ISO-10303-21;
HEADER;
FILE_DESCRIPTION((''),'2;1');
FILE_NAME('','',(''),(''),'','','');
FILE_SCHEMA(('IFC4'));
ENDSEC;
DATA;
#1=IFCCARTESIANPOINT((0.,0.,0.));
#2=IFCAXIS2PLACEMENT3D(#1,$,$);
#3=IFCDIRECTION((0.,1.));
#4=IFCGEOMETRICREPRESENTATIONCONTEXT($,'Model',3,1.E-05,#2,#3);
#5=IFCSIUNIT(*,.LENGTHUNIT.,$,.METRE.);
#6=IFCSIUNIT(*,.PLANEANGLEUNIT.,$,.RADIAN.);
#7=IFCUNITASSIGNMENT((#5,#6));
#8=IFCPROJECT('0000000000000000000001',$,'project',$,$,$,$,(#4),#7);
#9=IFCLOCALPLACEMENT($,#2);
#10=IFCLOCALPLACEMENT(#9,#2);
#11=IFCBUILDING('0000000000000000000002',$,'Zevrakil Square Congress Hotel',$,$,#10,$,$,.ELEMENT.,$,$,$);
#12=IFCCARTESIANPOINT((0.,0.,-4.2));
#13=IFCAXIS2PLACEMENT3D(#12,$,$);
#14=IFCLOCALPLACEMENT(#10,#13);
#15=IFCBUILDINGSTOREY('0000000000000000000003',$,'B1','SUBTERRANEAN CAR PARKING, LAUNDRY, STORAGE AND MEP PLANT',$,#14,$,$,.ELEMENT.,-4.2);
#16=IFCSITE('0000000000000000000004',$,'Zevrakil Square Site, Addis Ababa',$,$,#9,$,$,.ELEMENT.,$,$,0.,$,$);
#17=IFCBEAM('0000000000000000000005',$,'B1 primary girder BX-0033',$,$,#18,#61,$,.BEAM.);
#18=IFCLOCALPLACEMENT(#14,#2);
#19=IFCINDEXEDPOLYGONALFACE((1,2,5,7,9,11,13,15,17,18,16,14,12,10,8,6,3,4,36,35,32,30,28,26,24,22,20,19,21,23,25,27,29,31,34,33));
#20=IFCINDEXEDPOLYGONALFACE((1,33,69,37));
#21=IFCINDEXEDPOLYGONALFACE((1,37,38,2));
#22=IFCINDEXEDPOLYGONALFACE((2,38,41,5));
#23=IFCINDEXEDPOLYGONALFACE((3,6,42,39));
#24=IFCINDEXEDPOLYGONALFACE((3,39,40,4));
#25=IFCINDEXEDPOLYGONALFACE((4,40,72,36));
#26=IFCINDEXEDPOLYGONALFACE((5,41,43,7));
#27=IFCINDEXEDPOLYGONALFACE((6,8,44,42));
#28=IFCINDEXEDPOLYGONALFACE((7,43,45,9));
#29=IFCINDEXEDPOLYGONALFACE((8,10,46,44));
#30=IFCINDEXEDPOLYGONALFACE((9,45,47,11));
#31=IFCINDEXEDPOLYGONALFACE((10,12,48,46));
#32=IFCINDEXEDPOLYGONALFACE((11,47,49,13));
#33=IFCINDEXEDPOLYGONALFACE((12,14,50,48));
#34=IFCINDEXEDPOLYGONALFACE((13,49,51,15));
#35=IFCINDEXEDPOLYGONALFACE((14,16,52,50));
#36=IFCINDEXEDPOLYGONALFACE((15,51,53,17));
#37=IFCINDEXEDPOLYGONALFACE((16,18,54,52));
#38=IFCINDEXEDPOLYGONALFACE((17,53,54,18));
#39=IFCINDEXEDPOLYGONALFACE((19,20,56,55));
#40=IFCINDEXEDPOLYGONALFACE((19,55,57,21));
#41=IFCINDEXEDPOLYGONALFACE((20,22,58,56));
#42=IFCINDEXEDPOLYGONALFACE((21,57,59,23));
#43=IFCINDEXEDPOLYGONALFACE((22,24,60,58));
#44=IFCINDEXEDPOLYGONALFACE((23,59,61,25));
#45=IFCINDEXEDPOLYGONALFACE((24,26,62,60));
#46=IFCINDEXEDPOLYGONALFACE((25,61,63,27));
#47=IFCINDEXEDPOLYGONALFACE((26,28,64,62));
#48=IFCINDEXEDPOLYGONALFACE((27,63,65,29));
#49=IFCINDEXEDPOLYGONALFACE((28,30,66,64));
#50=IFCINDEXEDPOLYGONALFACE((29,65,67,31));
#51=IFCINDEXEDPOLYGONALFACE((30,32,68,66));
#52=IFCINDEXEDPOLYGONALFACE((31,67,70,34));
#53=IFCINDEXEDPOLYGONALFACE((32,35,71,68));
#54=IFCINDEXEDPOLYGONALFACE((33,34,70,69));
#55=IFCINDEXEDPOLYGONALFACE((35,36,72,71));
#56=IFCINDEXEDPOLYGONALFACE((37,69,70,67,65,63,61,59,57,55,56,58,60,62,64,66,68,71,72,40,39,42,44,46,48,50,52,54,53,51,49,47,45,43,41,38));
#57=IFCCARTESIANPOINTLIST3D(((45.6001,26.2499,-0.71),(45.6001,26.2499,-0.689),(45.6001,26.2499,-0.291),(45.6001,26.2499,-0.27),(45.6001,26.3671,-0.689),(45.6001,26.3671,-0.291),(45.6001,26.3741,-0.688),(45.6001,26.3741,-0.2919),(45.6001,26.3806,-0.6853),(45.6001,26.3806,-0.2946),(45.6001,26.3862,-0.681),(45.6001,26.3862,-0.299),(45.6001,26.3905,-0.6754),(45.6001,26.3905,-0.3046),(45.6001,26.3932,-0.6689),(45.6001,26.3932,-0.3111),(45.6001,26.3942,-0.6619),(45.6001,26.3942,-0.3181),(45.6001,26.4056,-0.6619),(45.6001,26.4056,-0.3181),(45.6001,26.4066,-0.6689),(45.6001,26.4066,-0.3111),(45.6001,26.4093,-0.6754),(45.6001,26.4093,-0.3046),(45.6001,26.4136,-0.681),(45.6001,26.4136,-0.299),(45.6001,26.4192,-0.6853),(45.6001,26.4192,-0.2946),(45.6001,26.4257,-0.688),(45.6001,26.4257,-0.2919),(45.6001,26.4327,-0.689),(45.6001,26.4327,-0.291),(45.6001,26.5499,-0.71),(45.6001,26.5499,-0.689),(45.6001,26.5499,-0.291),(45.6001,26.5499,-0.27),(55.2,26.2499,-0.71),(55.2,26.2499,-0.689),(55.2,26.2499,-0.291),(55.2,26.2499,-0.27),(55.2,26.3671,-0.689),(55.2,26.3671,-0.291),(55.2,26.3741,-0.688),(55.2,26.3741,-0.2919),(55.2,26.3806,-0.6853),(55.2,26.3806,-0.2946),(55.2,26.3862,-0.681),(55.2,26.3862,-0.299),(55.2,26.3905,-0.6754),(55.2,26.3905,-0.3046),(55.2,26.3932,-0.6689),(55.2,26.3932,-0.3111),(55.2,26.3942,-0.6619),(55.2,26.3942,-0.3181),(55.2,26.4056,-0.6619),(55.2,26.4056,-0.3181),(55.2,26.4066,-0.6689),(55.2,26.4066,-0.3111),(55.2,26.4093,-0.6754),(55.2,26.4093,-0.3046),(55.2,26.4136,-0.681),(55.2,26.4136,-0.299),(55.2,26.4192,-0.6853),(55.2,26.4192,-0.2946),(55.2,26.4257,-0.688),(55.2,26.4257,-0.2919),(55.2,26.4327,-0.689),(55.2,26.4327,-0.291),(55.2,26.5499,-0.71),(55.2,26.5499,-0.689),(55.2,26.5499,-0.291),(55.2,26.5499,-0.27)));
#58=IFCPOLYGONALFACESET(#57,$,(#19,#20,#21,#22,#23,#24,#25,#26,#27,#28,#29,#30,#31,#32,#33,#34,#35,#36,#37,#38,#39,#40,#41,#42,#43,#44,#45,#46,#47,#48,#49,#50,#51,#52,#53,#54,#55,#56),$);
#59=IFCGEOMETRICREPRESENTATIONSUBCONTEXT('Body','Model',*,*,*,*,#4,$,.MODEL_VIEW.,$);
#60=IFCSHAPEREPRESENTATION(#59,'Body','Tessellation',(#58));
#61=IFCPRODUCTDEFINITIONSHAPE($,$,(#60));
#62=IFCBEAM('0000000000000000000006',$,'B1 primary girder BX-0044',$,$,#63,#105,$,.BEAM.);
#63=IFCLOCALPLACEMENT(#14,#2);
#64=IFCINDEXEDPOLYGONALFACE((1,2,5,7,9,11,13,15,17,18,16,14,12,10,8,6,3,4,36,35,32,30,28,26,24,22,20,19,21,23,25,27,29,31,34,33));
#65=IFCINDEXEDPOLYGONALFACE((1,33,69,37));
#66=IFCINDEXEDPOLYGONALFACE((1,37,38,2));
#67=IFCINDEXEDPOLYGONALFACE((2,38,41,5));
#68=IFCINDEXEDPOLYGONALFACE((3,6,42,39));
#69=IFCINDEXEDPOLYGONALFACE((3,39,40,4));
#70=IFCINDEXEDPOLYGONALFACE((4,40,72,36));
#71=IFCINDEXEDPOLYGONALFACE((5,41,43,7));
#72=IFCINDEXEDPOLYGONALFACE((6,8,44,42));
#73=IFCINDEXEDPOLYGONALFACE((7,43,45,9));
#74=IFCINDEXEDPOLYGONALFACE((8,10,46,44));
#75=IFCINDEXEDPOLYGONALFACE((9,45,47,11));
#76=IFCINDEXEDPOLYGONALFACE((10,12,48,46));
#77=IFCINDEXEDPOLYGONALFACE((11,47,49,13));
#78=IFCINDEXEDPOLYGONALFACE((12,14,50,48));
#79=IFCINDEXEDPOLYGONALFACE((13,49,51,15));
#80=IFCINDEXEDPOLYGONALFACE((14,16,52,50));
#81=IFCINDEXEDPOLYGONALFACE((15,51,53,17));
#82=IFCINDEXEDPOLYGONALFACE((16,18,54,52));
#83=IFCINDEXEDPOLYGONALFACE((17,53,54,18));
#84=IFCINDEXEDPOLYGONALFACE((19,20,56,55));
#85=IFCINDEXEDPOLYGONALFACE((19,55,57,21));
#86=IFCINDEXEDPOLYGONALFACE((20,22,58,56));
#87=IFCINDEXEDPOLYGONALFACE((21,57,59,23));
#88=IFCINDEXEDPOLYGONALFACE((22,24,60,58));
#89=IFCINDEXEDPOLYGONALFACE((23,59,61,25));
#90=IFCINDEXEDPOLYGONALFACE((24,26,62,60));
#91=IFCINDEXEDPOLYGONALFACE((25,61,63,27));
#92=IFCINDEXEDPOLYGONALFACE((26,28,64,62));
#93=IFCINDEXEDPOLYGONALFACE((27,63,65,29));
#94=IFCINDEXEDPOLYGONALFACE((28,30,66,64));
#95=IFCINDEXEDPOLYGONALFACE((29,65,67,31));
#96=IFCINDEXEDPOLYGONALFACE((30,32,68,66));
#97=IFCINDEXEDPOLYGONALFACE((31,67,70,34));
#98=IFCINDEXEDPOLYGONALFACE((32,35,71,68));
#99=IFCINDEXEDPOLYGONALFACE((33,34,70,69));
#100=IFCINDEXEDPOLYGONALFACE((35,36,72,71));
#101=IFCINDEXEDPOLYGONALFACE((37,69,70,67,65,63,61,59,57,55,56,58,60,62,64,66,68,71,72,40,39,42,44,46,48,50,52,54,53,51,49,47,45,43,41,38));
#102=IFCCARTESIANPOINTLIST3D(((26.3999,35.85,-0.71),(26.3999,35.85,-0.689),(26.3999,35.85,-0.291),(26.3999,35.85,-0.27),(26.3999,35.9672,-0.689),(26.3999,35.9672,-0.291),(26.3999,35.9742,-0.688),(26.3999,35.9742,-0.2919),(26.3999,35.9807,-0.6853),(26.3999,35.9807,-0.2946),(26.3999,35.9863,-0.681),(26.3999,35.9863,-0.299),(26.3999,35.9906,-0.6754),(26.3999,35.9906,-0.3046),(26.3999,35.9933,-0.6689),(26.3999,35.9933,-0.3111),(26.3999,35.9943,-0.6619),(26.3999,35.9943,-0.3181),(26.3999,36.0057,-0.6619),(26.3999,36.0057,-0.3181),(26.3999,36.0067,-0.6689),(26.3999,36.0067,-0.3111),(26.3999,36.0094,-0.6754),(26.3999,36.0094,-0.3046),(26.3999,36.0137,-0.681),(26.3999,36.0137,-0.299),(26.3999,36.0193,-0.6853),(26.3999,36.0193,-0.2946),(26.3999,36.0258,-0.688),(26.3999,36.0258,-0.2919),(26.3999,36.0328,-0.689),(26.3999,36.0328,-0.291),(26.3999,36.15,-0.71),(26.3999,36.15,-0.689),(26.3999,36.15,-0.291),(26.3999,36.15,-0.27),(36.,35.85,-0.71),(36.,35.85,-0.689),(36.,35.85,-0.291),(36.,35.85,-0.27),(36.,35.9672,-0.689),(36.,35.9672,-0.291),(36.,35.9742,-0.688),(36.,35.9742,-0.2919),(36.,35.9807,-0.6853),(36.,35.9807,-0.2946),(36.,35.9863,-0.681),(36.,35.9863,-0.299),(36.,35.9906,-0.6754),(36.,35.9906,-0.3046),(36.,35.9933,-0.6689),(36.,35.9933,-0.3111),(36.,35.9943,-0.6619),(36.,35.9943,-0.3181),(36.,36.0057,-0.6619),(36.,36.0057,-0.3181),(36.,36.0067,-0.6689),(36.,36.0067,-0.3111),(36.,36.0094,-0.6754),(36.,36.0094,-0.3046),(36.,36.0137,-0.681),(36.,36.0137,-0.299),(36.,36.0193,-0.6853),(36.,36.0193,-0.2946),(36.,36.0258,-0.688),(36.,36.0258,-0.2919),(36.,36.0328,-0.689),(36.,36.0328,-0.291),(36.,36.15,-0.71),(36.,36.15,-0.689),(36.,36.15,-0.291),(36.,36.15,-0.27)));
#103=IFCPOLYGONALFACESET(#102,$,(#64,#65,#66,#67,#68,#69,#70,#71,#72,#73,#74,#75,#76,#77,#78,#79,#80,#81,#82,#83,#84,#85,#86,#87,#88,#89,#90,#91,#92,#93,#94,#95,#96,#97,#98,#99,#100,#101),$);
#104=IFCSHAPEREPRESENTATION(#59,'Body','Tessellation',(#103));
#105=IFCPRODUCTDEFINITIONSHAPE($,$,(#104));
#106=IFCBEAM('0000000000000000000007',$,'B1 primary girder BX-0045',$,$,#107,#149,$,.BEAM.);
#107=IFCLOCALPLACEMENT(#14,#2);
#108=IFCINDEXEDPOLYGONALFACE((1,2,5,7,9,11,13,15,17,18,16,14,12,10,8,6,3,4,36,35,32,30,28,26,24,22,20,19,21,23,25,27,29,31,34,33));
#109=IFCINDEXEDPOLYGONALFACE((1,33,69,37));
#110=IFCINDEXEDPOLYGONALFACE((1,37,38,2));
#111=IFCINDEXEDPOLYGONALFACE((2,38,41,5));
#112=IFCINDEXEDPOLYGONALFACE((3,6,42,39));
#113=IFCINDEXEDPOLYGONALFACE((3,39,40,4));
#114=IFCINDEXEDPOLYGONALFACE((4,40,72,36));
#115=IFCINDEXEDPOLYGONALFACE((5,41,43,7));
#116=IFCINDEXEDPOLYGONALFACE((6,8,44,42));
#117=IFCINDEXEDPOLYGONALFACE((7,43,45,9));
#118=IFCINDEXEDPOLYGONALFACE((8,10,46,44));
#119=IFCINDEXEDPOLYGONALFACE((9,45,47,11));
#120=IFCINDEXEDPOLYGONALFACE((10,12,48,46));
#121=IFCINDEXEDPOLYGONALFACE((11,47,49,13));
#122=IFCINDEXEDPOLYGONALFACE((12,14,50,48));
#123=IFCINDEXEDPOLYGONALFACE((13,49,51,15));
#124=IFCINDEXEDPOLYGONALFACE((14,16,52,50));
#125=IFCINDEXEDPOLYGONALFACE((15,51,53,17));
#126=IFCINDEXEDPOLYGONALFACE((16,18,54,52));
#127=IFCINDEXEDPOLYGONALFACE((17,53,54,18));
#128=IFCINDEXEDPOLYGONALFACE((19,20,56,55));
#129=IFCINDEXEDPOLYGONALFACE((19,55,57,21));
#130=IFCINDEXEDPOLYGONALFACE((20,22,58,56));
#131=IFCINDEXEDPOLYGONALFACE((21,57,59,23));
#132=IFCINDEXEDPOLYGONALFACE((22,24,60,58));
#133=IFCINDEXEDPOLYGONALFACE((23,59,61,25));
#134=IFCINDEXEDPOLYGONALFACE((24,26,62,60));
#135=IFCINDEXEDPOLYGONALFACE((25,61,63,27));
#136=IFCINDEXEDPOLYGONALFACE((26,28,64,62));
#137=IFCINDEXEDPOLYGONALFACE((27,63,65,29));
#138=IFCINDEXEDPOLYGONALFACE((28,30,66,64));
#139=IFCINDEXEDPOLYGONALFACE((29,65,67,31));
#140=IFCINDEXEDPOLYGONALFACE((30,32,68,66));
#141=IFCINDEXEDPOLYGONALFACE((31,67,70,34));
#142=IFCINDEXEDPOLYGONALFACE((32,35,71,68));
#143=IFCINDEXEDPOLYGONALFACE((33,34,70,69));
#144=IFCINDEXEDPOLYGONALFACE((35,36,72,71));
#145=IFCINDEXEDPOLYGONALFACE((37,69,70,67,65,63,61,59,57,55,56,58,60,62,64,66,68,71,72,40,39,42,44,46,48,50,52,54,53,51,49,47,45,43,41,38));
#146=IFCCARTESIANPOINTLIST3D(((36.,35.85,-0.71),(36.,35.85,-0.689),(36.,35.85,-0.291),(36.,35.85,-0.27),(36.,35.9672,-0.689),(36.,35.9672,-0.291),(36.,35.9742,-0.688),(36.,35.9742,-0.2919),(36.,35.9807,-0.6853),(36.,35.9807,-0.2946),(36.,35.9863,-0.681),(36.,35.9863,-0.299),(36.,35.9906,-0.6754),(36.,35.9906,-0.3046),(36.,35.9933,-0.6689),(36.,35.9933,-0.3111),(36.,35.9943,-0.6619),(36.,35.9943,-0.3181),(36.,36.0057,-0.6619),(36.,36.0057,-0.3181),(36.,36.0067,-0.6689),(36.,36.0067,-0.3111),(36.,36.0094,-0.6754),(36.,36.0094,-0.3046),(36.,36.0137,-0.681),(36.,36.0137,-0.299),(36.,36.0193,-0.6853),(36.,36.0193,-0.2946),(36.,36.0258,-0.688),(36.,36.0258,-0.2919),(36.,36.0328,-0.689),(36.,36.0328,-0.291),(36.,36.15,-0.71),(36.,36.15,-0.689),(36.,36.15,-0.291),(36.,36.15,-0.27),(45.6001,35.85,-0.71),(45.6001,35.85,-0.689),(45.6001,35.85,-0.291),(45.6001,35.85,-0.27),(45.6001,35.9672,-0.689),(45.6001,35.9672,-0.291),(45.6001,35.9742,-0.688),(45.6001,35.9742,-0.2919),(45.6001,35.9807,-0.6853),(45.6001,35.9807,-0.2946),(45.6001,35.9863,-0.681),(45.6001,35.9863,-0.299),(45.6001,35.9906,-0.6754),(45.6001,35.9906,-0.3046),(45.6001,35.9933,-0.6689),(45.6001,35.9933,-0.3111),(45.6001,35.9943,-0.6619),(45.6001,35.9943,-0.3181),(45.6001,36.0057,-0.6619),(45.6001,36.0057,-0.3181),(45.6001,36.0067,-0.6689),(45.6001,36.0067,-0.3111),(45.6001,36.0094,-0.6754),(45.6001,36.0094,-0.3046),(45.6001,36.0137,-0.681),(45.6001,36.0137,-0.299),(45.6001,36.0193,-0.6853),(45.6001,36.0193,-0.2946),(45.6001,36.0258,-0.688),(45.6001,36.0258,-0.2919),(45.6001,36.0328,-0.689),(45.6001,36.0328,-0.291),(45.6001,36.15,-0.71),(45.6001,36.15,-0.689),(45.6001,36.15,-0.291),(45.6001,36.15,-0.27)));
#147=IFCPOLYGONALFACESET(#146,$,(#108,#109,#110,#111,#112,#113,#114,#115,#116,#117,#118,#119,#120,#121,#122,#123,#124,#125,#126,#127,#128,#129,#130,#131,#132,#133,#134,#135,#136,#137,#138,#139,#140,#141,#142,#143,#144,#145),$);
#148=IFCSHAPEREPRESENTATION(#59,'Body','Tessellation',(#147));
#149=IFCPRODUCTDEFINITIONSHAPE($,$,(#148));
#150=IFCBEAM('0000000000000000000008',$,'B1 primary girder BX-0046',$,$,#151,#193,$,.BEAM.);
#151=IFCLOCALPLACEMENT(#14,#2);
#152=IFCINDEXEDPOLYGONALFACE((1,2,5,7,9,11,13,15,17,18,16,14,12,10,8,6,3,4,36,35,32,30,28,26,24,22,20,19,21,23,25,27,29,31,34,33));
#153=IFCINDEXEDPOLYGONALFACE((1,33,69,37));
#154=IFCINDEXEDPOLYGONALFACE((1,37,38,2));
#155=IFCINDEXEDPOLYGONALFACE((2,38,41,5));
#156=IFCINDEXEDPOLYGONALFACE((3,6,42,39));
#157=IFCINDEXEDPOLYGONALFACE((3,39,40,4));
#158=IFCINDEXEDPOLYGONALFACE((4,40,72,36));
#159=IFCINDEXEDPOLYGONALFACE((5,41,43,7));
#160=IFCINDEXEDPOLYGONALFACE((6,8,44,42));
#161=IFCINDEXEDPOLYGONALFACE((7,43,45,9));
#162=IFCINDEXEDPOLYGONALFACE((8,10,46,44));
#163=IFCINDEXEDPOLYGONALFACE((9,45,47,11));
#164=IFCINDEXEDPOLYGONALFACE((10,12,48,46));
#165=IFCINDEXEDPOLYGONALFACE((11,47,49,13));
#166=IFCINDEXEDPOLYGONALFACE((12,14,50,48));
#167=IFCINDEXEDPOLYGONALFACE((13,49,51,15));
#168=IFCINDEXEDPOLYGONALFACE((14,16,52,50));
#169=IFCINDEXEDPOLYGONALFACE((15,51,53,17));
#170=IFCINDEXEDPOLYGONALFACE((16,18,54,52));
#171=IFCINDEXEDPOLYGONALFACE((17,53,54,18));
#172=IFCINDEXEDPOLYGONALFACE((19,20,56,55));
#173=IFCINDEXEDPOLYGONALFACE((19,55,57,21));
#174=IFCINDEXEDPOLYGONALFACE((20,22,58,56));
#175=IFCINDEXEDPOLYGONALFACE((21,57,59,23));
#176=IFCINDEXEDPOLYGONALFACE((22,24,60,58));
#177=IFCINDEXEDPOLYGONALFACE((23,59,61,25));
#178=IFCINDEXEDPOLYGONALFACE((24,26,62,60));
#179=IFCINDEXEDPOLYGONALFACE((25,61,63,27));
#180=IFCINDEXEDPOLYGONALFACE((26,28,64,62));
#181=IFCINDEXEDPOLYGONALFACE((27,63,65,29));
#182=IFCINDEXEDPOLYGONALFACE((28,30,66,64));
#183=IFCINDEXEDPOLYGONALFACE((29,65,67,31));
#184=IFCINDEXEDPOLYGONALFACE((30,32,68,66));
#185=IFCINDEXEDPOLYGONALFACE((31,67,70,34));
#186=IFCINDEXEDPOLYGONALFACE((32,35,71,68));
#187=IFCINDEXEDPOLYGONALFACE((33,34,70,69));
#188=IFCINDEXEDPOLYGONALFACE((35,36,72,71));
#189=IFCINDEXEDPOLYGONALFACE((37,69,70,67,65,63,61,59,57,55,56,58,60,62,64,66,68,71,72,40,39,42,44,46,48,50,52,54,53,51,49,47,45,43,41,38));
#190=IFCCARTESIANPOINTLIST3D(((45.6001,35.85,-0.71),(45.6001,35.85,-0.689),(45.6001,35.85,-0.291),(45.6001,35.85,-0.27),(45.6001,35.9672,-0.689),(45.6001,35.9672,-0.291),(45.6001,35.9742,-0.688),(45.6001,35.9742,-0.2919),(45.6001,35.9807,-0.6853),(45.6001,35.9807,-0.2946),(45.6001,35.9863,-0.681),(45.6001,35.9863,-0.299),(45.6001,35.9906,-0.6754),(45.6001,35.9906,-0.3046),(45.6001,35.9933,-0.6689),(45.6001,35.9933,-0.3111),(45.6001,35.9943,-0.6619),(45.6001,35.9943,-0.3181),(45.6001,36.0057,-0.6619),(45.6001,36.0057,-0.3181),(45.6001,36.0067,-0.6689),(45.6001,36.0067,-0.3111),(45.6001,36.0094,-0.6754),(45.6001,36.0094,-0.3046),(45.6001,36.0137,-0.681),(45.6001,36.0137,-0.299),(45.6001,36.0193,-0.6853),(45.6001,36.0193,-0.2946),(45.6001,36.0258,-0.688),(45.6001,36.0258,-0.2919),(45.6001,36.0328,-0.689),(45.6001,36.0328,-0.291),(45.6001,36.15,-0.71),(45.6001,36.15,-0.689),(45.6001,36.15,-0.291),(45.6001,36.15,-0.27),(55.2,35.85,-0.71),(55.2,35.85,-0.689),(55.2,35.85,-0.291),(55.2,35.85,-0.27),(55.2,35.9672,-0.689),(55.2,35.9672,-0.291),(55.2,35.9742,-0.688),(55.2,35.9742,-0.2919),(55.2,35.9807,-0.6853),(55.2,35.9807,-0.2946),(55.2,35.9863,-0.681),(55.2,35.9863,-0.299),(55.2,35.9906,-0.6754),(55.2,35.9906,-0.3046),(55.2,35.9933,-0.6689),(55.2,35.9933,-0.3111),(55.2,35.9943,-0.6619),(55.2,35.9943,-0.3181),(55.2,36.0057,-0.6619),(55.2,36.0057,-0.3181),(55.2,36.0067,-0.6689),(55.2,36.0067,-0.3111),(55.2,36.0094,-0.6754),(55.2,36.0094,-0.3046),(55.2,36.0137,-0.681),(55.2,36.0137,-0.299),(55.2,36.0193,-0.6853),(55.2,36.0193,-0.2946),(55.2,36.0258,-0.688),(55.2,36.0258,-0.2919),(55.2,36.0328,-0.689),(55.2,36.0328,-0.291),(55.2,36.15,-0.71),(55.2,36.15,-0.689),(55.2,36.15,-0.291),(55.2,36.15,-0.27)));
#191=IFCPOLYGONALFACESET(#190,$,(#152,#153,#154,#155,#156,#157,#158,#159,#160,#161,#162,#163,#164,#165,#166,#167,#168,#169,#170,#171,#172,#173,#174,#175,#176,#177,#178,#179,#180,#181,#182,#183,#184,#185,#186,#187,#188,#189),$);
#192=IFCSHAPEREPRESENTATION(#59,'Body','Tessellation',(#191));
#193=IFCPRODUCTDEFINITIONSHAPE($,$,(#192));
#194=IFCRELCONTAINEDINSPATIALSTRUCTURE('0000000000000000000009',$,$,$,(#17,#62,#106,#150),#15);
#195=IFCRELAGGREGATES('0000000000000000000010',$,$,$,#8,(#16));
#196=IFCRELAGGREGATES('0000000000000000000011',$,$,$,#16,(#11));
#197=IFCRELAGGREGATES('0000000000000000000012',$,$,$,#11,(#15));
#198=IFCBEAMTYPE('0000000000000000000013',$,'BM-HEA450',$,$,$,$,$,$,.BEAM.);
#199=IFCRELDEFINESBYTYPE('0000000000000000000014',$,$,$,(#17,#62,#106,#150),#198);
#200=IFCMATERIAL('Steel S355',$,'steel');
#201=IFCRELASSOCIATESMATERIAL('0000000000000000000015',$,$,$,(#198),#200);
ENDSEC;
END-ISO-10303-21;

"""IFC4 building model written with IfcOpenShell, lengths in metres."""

from ifc_helpers import new_model, si_unit, direction, frame, origin, origin_2d, place, context, subcontext, project, spatial, i_section, extrude, material, material_profile, profile_set, type_object, element, save


model = new_model("IFC4")

# Units and contexts
model_context = context("Model", 3, precision=1e-05, world=origin(), true_north=direction((0.0, 1.0)))
body_context = subcontext(model_context, "Body", "Model", "MODEL_VIEW")
ifc_project = project(units=[si_unit("LENGTHUNIT", "METRE"), si_unit("PLANEANGLEUNIT", "RADIAN")], contexts=[model_context])

# Site, building, storey
site_placement = place(None, origin())
site = spatial("IfcSite", under=ifc_project, at=site_placement, Name="Zevrakil Square Site, Addis Ababa", CompositionType="ELEMENT", RefElevation=0.0)
building_placement = place(site_placement, origin())
building = spatial("IfcBuilding", under=site, at=building_placement, Name="Zevrakil Square Congress Hotel", CompositionType="ELEMENT")
storey_placement = place(building_placement, frame((0.0, 0.0, -4.2)))
storey = spatial("IfcBuildingStorey", under=building, at=storey_placement, Name="B1", Description="SUBTERRANEAN CAR PARKING, LAUNDRY, STORAGE AND MEP PLANT", CompositionType="ELEMENT", Elevation=-4.2)

# Beams
ifc_material_1 = material(Name="Steel S355", Category="steel")
ifc_material_profile_1 = material_profile(ifc_material_1, i_section(OverallWidth=0.3, OverallDepth=0.4399, WebThickness=0.0115, FlangeThickness=0.021, FilletRadius=0.0271, at=origin_2d()), Name="HEA 450")
ifc_profile_set_1 = profile_set([ifc_material_profile_1], Name="Steel S355")
beam_type_1 = type_object("IfcBeamType", Name="BM-HEA450", PredefinedType="BEAM", material=ifc_profile_set_1)
beam_1_placement = place(storey_placement, frame((45.6001, 26.3999, -0.49), z_axis=(1.0, 0.0, 0.0), x_axis=(0.0, 1.0, 0.0)))
element("IfcBeam", 1, at=beam_1_placement, inside=storey, type_object=beam_type_1, Name="B1 primary girder BX-0033", PredefinedType="BEAM", context=body_context, shape_type="SweptSolid", body=[
    extrude(i_section(OverallWidth=0.3, OverallDepth=0.4399, WebThickness=0.0115, FlangeThickness=0.021, FilletRadius=0.0271, at=origin_2d()), origin(), (0.0, 0.0, 1.0), 9.5999),
])
for number, where, z_axis, x_axis, name in (
    (2, (26.3999, 36.0, -0.49), (1.0, 0.0, 0.0), (0.0, 1.0, 0.0), "B1 primary girder BX-0044"),
    (3, (36.0, 36.0, -0.49), (1.0, 0.0, 0.0), (0.0, 1.0, 0.0), "B1 primary girder BX-0045"),
):
    element("IfcBeam", number, at=place(storey_placement, frame(where, z_axis=z_axis, x_axis=x_axis)), inside=storey, type_object=beam_type_1, Name=name, PredefinedType="BEAM", context=body_context, shape_type="SweptSolid", body=[
        extrude(i_section(OverallWidth=0.3, OverallDepth=0.4399, WebThickness=0.0115, FlangeThickness=0.021, FilletRadius=0.0271, at=origin_2d()), origin(), (0.0, 0.0, 1.0), 9.6001),
    ])
beam_2_placement = place(storey_placement, frame((45.6001, 36.0, -0.49), z_axis=(1.0, 0.0, 0.0), x_axis=(0.0, 1.0, 0.0)))
element("IfcBeam", 4, at=beam_2_placement, inside=storey, type_object=beam_type_1, Name="B1 primary girder BX-0046", PredefinedType="BEAM", context=body_context, shape_type="SweptSolid", body=[
    extrude(i_section(OverallWidth=0.3, OverallDepth=0.4399, WebThickness=0.0115, FlangeThickness=0.021, FilletRadius=0.0271, at=origin_2d()), origin(), (0.0, 0.0, 1.0), 9.5999),
])

save(model, "model.ifc")
